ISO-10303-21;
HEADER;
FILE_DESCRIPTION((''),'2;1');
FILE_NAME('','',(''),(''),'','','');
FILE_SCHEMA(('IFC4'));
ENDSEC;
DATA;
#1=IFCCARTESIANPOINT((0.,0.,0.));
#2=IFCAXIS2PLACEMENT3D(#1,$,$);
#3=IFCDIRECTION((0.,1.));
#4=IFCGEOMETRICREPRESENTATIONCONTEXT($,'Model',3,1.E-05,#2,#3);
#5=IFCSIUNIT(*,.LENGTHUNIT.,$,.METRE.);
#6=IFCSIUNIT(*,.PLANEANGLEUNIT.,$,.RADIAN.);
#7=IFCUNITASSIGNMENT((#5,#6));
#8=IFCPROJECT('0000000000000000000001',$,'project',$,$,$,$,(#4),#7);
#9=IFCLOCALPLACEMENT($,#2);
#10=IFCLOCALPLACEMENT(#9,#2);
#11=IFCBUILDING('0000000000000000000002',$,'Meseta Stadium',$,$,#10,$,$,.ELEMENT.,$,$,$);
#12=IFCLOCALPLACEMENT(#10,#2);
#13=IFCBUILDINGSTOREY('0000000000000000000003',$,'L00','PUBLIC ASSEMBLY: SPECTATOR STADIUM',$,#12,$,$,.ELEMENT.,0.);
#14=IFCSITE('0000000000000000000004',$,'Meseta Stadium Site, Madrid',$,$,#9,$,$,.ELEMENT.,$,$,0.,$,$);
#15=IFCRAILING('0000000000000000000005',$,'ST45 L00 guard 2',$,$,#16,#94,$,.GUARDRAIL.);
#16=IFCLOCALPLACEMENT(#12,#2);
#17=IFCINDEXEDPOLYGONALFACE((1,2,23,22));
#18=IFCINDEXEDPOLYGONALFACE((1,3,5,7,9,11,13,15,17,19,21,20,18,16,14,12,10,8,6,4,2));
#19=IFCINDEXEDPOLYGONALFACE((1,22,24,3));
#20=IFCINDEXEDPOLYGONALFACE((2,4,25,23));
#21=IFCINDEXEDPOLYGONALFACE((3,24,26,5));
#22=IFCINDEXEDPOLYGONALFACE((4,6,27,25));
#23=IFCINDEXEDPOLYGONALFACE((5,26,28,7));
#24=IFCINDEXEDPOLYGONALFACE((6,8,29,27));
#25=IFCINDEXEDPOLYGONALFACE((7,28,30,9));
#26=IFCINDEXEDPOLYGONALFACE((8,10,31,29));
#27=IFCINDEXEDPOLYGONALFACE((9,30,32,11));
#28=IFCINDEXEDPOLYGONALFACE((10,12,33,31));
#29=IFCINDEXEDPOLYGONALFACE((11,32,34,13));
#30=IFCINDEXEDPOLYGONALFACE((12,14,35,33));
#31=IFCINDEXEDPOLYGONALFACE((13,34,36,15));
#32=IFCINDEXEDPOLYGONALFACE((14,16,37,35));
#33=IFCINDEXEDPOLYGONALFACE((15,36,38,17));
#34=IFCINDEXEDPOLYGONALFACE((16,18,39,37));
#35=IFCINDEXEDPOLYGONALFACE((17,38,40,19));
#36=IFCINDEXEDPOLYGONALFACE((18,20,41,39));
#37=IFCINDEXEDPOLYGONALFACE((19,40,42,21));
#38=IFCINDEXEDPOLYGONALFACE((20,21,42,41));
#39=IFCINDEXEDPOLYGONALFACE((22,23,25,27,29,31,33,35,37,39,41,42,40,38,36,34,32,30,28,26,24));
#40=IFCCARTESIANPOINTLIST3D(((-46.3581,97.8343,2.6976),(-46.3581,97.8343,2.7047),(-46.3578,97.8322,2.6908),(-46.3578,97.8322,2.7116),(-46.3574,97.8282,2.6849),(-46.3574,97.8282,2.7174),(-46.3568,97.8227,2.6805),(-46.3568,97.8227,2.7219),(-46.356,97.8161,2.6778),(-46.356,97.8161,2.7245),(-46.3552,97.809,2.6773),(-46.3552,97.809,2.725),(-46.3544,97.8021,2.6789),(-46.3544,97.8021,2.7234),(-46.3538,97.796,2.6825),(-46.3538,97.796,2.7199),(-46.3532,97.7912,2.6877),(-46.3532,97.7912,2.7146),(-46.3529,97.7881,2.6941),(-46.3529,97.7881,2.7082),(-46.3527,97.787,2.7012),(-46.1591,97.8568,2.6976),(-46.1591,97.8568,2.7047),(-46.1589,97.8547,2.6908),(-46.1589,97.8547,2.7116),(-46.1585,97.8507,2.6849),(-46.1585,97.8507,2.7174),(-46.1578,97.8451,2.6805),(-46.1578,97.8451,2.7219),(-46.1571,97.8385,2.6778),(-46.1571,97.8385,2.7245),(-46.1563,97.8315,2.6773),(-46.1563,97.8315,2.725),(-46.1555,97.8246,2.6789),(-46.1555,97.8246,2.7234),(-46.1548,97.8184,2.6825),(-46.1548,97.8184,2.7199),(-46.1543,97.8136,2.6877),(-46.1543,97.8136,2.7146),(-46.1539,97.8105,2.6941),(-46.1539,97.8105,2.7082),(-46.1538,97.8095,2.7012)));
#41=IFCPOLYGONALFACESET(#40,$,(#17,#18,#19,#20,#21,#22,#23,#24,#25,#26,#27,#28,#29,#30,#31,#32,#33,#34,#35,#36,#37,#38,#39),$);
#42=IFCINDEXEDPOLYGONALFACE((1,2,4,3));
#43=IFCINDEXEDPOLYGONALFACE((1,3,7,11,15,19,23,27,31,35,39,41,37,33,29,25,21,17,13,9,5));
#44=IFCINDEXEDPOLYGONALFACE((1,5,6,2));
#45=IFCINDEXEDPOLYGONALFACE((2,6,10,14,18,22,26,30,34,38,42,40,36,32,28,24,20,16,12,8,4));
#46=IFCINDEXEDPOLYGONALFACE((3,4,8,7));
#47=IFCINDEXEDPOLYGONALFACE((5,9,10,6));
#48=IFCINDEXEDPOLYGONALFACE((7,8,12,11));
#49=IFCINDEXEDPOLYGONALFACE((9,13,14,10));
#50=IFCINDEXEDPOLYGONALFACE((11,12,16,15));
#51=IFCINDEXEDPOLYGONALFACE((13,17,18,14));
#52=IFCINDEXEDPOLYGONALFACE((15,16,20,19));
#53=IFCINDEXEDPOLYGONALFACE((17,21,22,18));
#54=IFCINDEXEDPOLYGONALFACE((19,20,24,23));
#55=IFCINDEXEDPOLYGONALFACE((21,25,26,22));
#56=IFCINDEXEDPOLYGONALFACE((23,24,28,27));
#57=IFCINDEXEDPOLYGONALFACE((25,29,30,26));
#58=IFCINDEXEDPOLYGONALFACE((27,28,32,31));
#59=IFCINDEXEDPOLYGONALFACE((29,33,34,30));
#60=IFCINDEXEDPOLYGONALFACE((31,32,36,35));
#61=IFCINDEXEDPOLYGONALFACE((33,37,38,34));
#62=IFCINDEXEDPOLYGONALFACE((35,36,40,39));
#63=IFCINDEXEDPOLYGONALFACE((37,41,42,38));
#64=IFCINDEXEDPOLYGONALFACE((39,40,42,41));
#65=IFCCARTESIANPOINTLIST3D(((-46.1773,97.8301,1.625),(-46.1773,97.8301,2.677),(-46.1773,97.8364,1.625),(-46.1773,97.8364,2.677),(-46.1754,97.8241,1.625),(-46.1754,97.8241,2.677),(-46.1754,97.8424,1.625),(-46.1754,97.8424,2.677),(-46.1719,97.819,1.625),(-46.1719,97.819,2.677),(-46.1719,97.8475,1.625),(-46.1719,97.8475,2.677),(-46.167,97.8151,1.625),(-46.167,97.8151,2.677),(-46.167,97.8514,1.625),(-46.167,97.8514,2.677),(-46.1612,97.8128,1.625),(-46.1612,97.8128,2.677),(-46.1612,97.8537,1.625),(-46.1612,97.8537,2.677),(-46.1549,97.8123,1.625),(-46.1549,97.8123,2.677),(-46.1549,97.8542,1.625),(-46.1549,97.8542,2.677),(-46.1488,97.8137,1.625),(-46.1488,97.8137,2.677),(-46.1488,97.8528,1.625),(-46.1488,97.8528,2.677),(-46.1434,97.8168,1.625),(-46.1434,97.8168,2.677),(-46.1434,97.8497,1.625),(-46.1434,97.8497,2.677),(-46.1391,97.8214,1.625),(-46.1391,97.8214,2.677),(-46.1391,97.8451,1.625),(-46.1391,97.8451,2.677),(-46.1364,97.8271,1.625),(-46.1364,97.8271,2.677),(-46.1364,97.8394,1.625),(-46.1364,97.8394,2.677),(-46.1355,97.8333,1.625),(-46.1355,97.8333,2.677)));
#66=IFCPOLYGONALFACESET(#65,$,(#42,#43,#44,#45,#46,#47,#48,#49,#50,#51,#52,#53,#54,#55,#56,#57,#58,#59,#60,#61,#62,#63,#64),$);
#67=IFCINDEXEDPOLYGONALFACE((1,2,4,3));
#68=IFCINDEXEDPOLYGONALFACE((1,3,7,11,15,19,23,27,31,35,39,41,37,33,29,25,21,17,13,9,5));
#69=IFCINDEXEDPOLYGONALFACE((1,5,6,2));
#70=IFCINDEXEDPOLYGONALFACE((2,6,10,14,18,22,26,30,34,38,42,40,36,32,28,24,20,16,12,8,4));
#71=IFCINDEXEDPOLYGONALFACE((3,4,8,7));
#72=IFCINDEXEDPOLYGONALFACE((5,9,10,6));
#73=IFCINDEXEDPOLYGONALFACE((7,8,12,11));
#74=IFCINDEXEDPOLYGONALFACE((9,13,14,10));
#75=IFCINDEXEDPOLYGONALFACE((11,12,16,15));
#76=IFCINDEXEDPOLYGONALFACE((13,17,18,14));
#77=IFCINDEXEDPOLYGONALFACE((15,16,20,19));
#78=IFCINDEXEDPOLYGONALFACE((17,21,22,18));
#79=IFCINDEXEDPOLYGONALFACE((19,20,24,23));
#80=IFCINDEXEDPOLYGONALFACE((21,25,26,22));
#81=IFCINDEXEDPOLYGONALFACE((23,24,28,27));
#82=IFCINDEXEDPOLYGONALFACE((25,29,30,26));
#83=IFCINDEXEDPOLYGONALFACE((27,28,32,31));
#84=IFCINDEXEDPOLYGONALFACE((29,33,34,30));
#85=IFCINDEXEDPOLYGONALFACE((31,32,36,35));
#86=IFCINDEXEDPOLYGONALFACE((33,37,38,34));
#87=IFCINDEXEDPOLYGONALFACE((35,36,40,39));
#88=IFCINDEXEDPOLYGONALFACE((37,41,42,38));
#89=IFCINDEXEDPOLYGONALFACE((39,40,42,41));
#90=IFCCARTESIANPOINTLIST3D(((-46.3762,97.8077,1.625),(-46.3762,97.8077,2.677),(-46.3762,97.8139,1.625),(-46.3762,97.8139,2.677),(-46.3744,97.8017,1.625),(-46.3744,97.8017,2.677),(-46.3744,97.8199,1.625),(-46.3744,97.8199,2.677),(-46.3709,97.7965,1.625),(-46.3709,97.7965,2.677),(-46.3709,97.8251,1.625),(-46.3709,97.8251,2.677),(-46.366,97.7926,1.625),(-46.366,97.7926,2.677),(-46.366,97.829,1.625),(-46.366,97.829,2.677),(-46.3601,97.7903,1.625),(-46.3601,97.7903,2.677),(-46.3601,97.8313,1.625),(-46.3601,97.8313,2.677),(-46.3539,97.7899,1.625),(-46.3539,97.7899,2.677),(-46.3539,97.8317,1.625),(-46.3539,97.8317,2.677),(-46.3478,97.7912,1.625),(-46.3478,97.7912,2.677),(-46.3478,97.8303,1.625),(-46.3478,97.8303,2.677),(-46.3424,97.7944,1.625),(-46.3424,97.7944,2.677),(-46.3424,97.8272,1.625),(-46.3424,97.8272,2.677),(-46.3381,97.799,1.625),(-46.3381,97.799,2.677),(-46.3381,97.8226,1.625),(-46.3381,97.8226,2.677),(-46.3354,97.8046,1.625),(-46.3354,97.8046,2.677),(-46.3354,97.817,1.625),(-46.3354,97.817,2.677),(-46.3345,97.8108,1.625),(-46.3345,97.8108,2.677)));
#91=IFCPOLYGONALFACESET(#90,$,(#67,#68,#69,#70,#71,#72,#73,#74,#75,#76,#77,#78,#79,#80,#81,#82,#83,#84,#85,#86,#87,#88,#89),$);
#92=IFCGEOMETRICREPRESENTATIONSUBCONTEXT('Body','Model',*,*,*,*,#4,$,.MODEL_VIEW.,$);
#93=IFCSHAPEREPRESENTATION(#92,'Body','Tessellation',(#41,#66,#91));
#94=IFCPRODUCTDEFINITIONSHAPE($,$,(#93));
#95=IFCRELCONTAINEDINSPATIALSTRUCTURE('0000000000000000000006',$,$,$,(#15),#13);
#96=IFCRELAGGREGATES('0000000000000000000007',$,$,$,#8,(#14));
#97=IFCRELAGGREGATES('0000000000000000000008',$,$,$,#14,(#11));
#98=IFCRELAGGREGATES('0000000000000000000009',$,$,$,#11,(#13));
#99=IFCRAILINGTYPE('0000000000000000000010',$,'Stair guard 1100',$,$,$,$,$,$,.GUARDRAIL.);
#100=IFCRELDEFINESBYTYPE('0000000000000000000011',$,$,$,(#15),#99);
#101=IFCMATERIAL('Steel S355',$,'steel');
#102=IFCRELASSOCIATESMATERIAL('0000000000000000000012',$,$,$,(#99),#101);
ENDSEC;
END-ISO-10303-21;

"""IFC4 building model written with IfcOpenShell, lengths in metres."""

from ifc_helpers import new_model, si_unit, direction, frame, origin, origin_2d, place, context, subcontext, project, spatial, circle, extrude, material, type_object, element, save


model = new_model("IFC4")

# Units and contexts
model_context = context("Model", 3, precision=1e-05, world=origin(), true_north=direction((0.0, 1.0)))
body_context = subcontext(model_context, "Body", "Model", "MODEL_VIEW")
ifc_project = project(units=[si_unit("LENGTHUNIT", "METRE"), si_unit("PLANEANGLEUNIT", "RADIAN")], contexts=[model_context])

# Site, building, storey
site_placement = place(None, origin())
site = spatial("IfcSite", under=ifc_project, at=site_placement, Name="Meseta Stadium Site, Madrid", CompositionType="ELEMENT", RefElevation=0.0)
building_placement = place(site_placement, origin())
building = spatial("IfcBuilding", under=site, at=building_placement, Name="Meseta Stadium", CompositionType="ELEMENT")
storey_placement = place(building_placement, origin())
storey = spatial("IfcBuildingStorey", under=building, at=storey_placement, Name="L00", Description="PUBLIC ASSEMBLY: SPECTATOR STADIUM", CompositionType="ELEMENT", Elevation=0.0)

# Railing
ifc_material_1 = material(Name="Steel S355", Category="steel")
railing_type = type_object("IfcRailingType", Name="Stair guard 1100", PredefinedType="GUARDRAIL", material=ifc_material_1)
railing_1_placement = place(storey_placement, frame((-46.1565, 97.8333, 1.625)))
element("IfcRailing", 1, at=railing_1_placement, inside=storey, type_object=railing_type, Name="ST45 L00 guard 2", PredefinedType="GUARDRAIL", context=body_context, shape_type="SweptSolid", body=[
    extrude(circle(Radius=0.0239, at=origin_2d()), frame((0.0, 0.0, 1.0762), z_axis=(-0.993689, -0.112171, 0.0), x_axis=(0.112171, -0.993689, 0.0)), (0.0, 0.0, 1.0), 0.2002),
    extrude(circle(Radius=0.021, at=origin_2d()), origin(), (0.0, 0.0, 1.0), 1.052),
    extrude(circle(Radius=0.021, at=origin_2d()), frame((-0.199, -0.0225, 0.0)), (0.0, 0.0, 1.0), 1.052),
])

save(model, "model.ifc")
